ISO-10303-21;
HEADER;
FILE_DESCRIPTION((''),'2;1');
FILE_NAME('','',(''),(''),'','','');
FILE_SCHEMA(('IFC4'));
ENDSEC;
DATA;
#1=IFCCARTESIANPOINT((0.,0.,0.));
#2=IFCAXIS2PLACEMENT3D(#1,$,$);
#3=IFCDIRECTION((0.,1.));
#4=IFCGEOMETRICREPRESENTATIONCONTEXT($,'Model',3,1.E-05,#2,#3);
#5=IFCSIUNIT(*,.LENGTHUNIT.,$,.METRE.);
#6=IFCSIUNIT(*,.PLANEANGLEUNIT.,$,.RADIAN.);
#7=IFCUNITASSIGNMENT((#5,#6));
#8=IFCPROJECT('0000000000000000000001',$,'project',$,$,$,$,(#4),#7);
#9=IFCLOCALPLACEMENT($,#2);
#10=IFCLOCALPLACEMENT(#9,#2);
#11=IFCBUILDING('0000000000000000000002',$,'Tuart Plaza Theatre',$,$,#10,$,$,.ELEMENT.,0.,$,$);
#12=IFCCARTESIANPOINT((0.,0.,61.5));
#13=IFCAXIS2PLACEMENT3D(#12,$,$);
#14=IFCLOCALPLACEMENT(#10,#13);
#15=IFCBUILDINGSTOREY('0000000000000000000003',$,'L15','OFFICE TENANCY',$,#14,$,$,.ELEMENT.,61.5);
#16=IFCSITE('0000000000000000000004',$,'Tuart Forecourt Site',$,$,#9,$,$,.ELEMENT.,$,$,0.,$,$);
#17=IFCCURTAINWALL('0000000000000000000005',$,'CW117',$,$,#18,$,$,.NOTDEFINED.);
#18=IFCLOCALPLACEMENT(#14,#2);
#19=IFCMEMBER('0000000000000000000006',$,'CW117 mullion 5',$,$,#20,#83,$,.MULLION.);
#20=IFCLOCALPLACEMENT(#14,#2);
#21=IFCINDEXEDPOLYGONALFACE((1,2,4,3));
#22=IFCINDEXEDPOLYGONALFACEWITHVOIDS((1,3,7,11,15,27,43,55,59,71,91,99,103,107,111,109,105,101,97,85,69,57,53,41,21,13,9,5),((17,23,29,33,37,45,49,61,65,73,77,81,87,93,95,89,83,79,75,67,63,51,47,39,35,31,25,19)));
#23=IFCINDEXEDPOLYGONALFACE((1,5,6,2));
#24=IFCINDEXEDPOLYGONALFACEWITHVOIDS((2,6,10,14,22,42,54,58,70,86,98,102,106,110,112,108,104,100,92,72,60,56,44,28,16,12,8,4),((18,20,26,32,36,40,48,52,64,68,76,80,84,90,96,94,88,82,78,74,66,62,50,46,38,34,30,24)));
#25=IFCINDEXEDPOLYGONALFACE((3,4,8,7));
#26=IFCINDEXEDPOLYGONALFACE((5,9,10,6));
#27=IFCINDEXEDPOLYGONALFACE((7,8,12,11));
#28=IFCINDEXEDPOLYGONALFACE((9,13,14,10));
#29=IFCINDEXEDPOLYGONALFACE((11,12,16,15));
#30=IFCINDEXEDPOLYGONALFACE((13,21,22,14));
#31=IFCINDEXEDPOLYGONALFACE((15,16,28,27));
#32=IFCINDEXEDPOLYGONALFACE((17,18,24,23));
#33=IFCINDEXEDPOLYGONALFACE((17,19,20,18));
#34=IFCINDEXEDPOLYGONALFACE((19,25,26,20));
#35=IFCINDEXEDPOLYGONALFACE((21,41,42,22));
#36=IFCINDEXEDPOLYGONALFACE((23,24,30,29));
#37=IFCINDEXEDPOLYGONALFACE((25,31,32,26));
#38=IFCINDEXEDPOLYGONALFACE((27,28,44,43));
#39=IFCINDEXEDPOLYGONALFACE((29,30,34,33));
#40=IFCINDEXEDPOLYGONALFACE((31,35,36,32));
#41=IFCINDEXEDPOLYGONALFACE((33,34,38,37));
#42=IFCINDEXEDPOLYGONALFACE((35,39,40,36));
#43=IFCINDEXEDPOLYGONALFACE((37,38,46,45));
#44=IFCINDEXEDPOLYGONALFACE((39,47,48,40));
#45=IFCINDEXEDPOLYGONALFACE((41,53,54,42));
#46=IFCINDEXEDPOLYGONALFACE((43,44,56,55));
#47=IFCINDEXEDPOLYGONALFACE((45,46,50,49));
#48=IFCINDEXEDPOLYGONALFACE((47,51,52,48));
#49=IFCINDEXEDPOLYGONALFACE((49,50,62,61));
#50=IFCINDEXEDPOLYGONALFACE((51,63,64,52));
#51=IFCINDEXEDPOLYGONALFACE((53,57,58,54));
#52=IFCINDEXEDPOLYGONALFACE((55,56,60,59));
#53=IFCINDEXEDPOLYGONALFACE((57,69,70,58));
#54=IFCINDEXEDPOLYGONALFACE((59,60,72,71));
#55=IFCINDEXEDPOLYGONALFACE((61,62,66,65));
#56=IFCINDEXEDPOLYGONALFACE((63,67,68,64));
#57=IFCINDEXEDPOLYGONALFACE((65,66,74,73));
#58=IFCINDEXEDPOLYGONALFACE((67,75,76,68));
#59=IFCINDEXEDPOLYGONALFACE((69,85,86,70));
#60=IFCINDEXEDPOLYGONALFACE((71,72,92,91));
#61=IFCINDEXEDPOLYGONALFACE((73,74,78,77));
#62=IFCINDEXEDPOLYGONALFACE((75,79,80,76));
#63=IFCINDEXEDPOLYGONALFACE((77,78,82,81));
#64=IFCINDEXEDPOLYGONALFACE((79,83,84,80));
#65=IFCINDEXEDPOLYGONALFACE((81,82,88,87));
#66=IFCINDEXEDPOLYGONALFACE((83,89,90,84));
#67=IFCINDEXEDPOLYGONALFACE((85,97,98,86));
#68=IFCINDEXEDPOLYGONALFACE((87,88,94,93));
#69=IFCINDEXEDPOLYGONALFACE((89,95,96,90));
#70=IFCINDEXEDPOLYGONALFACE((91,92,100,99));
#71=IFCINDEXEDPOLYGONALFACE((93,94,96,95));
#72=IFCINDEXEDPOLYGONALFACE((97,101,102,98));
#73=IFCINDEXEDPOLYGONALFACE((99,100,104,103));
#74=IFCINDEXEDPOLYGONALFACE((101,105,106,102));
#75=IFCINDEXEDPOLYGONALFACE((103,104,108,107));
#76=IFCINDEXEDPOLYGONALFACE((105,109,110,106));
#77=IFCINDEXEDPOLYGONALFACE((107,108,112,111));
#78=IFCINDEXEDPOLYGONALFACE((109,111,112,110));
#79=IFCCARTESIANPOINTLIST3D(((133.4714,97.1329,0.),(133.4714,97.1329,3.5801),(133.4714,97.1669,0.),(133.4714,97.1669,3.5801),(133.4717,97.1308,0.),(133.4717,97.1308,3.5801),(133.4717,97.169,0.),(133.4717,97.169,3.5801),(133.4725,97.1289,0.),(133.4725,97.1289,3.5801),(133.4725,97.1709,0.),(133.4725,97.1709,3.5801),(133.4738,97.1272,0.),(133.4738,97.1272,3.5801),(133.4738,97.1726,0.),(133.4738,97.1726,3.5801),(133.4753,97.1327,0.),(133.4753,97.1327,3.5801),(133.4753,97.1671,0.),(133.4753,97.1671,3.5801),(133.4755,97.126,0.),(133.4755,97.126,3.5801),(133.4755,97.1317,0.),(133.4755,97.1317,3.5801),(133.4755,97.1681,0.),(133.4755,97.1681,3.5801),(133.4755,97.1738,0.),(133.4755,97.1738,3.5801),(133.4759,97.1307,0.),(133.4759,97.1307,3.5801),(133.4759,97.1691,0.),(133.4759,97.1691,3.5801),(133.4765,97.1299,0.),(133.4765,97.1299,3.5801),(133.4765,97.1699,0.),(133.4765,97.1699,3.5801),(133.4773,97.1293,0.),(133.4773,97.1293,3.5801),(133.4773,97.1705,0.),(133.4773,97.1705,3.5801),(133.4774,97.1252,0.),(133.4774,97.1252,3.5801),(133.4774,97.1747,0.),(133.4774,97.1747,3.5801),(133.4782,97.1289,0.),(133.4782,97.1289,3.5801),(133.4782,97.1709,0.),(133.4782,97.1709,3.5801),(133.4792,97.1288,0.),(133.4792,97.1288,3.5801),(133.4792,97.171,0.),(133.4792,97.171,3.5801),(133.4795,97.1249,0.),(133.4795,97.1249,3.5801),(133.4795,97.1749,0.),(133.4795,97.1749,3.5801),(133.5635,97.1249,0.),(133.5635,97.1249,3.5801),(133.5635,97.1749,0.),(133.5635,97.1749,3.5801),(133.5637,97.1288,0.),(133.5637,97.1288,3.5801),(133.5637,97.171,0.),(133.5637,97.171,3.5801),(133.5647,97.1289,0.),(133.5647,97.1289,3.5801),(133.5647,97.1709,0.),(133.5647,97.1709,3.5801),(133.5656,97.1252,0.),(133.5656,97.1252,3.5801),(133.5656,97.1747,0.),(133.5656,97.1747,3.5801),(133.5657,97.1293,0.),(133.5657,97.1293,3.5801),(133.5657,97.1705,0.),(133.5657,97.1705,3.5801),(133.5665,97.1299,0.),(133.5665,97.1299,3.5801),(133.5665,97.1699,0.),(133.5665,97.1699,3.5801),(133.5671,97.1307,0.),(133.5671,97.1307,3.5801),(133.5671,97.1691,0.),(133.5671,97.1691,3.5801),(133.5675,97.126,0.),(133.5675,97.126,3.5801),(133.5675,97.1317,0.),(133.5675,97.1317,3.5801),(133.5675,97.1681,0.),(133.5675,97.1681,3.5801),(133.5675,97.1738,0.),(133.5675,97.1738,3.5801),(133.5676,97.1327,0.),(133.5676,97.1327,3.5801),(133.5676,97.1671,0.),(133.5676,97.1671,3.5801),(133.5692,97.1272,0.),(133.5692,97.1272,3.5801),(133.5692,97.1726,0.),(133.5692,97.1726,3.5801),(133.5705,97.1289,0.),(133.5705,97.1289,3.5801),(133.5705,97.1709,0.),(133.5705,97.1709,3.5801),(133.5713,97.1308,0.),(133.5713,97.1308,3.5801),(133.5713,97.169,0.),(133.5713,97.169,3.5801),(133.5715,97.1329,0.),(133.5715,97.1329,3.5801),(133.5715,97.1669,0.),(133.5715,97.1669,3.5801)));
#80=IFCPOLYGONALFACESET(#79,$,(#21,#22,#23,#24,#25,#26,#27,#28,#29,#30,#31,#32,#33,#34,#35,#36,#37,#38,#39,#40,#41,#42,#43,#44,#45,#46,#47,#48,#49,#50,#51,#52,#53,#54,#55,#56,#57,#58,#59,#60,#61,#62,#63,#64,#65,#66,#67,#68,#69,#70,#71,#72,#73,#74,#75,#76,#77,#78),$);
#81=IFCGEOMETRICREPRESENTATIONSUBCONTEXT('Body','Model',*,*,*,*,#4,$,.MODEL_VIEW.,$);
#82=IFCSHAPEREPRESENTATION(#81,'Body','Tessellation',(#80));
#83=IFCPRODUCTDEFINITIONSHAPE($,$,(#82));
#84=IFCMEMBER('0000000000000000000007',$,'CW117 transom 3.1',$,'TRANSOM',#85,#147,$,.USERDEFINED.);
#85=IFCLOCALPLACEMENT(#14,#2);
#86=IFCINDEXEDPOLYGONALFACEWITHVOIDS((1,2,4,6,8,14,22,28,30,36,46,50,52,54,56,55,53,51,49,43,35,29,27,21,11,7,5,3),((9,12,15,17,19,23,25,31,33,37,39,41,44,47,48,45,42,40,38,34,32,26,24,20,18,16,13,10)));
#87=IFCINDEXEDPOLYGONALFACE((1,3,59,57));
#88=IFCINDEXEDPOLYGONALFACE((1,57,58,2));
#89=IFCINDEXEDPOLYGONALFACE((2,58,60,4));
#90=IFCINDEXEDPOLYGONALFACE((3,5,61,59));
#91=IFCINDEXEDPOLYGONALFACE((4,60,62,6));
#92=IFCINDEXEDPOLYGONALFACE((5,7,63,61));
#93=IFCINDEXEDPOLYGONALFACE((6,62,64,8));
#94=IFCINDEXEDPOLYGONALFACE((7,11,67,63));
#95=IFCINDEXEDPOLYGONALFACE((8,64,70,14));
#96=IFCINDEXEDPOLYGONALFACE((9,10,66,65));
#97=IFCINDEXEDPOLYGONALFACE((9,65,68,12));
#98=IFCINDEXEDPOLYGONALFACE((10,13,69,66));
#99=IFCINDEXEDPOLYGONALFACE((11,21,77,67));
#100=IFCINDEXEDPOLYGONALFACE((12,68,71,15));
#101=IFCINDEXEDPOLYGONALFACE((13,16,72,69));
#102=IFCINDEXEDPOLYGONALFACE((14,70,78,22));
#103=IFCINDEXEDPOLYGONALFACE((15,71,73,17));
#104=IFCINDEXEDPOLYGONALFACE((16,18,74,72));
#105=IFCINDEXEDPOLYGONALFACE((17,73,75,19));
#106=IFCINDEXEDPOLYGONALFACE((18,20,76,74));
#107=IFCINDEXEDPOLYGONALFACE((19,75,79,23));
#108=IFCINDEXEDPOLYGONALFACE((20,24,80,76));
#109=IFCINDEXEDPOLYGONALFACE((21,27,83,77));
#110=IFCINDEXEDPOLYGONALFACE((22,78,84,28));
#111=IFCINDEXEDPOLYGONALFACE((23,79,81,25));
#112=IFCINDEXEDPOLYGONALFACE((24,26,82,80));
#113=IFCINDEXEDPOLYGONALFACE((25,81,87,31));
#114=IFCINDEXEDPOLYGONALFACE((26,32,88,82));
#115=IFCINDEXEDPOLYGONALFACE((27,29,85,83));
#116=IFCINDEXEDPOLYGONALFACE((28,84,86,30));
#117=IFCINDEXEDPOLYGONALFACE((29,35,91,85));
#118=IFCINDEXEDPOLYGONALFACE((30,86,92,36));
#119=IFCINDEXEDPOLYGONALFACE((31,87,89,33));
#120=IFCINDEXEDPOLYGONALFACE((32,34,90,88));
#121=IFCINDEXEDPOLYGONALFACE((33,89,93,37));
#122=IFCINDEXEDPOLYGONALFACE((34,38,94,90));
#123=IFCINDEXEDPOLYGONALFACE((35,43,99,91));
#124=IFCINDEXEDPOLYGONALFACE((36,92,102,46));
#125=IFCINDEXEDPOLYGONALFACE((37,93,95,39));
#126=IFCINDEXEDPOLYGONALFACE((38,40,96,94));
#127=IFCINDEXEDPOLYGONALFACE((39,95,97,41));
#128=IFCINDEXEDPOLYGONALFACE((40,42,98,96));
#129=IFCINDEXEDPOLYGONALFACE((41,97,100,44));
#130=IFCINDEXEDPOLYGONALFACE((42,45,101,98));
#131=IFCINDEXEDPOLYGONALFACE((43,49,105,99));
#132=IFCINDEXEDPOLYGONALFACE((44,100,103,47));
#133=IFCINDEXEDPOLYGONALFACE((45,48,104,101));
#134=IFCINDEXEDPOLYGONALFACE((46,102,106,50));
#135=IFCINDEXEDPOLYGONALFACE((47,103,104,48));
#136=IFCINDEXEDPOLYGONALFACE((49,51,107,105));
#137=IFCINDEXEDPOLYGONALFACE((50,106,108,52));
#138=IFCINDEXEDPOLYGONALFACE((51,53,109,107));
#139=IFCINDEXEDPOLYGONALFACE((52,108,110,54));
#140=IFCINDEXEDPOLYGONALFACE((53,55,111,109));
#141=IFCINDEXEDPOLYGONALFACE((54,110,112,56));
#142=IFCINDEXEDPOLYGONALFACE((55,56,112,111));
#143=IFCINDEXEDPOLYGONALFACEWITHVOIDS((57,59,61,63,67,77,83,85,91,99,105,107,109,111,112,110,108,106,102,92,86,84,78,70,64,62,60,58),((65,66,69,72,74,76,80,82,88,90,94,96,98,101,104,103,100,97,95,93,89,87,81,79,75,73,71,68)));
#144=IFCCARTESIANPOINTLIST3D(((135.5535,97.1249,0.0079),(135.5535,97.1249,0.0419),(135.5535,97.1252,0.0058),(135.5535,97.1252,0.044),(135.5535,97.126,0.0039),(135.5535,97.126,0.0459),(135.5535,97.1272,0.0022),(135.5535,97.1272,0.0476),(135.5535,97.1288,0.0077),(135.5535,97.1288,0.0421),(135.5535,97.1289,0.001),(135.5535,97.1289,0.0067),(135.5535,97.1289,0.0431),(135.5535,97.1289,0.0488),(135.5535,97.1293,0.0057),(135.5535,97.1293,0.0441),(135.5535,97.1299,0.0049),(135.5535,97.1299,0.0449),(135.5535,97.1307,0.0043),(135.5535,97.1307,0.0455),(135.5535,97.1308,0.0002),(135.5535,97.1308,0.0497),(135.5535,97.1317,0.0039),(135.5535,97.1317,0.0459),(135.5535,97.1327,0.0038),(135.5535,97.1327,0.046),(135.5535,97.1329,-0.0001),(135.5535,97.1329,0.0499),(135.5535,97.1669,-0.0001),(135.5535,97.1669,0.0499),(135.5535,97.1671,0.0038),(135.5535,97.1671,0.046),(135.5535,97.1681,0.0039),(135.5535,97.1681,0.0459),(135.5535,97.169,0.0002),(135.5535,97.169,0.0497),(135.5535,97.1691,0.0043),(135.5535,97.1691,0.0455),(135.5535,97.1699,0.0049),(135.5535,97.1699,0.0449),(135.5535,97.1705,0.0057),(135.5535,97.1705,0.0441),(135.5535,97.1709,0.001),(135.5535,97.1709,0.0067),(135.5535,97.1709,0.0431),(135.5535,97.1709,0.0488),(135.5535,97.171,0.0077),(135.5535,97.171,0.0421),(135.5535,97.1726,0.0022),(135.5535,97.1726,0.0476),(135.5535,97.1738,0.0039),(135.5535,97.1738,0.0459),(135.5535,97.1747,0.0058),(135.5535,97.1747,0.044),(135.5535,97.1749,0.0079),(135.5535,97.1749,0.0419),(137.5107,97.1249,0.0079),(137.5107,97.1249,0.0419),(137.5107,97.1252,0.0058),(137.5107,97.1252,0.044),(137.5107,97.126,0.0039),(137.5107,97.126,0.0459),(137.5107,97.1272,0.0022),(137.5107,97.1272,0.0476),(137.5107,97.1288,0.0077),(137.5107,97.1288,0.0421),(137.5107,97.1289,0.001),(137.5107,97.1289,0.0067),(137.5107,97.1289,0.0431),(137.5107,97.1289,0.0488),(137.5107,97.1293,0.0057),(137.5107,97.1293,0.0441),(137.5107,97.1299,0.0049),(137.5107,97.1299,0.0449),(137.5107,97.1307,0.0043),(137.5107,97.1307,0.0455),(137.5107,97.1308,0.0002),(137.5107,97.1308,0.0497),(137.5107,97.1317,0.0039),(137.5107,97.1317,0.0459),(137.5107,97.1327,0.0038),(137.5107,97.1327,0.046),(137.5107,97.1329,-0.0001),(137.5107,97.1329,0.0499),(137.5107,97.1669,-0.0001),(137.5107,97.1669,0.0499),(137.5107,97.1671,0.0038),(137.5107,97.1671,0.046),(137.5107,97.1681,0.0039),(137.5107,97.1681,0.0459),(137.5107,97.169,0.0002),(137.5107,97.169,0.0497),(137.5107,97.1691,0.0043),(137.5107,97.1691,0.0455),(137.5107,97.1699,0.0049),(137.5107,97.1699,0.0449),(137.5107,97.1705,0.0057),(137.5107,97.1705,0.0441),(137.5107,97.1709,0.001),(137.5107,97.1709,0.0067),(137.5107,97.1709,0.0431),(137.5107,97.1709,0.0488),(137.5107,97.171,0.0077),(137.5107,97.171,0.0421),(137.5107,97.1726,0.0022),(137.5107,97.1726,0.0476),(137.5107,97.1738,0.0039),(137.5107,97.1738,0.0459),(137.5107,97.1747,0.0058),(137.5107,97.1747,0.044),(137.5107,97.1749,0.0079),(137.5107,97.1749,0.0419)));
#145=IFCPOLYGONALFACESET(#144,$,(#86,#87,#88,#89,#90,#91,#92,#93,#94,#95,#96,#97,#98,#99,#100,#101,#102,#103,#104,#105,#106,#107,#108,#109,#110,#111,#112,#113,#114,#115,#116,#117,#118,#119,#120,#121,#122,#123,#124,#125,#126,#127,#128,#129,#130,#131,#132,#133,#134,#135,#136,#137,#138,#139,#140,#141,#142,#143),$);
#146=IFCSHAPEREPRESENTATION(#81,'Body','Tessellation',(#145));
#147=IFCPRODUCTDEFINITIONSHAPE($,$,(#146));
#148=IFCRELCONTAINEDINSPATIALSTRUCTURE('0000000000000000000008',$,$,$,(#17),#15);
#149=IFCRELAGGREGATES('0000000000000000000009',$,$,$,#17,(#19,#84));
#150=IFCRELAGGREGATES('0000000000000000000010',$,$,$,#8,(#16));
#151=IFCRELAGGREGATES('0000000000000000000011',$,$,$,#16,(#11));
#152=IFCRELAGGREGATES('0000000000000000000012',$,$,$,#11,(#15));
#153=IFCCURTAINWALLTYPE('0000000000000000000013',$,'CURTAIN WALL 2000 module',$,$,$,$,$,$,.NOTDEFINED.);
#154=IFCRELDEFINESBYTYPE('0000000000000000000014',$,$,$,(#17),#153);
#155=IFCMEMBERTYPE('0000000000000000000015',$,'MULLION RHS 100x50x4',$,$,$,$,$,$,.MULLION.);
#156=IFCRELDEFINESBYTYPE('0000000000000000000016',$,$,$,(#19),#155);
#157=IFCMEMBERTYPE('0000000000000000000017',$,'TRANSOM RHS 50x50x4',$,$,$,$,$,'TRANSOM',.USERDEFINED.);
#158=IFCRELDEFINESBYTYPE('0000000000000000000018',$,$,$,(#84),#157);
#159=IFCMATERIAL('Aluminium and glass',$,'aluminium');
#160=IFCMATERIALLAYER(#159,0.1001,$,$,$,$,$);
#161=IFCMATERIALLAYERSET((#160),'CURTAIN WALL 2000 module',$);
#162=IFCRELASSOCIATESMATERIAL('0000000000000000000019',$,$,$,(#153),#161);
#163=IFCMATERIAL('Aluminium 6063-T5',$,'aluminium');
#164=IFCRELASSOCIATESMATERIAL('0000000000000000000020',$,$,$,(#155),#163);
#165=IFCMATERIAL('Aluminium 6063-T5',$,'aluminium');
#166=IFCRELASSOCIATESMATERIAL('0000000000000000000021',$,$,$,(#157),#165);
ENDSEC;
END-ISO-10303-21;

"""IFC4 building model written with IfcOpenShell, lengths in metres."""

from ifc_helpers import new_model, si_unit, direction, frame, origin, origin_2d, place, context, subcontext, project, spatial, hollow_rectangle, extrude, material, layer, layer_set, material_profile, profile_set, type_object, element, aggregate, save


model = new_model("IFC4")

# Units and contexts
model_context = context("Model", 3, precision=1e-05, world=origin(), true_north=direction((0.0, 1.0)))
body_context = subcontext(model_context, "Body", "Model", "MODEL_VIEW")
ifc_project = project(units=[si_unit("LENGTHUNIT", "METRE"), si_unit("PLANEANGLEUNIT", "RADIAN")], contexts=[model_context])

# Site, building, storey
site_placement = place(None, origin())
site = spatial("IfcSite", under=ifc_project, at=site_placement, Name="Tuart Forecourt Site", CompositionType="ELEMENT", RefElevation=0.0)
building_placement = place(site_placement, origin())
building = spatial("IfcBuilding", under=site, at=building_placement, Name="Tuart Plaza Theatre", CompositionType="ELEMENT", ElevationOfRefHeight=0.0)
storey_placement = place(building_placement, frame((0.0, 0.0, 61.5)))
storey = spatial("IfcBuildingStorey", under=building, at=storey_placement, Name="L15", Description="OFFICE TENANCY", CompositionType="ELEMENT", Elevation=61.5)

# Curtain wall, members
ifc_material_1 = material(Name="Aluminium and glass", Category="aluminium")
ifc_layer_1 = layer(ifc_material_1, 0.1001)
ifc_layer_set_1 = layer_set([ifc_layer_1], Name="CURTAIN WALL 2000 module")
curtain_wall_type = type_object("IfcCurtainWallType", Name="CURTAIN WALL 2000 module", PredefinedType="NOTDEFINED", material=ifc_layer_set_1)
curtain_wall_placement = place(storey_placement, origin())
curtain_wall = element("IfcCurtainWall", 1, at=curtain_wall_placement, inside=storey, type_object=curtain_wall_type, Name="CW117", PredefinedType="NOTDEFINED")
ifc_material_2 = material(Name="Aluminium 6063-T5", Category="aluminium")
ifc_material_profile_1 = material_profile(ifc_material_2, hollow_rectangle(XDim=0.05, YDim=0.1001, WallThickness=0.0039, InnerFilletRadius=0.0039, OuterFilletRadius=0.0081, at=origin_2d()), Name="RHS 100x50x4")
ifc_profile_set_1 = profile_set([ifc_material_profile_1], Name="Aluminium 6063-T5")
member_type_1 = type_object("IfcMemberType", Name="MULLION RHS 100x50x4", PredefinedType="MULLION", material=ifc_profile_set_1)
member_1_placement = place(storey_placement, frame((133.5215, 97.1499, 0.0), z_axis=(0.0, 0.0, 1.0), x_axis=(0.0, -1.0, 0.0)))
member_1 = element("IfcMember", 2, at=member_1_placement, type_object=member_type_1, Name="CW117 mullion 5", PredefinedType="MULLION", context=body_context, shape_type="SweptSolid", body=[
    extrude(hollow_rectangle(XDim=0.05, YDim=0.1001, WallThickness=0.0039, InnerFilletRadius=0.0039, OuterFilletRadius=0.0081, at=origin_2d()), origin(), (0.0, 0.0, 1.0), 3.5801),
])
ifc_material_3 = material(Name="Aluminium 6063-T5", Category="aluminium")
ifc_material_profile_2 = material_profile(ifc_material_3, hollow_rectangle(XDim=0.05, YDim=0.05, WallThickness=0.0039, InnerFilletRadius=0.0039, OuterFilletRadius=0.0081, at=origin_2d()), Name="RHS 50x50x4")
ifc_profile_set_2 = profile_set([ifc_material_profile_2], Name="Aluminium 6063-T5")
member_type_2 = type_object("IfcMemberType", Name="TRANSOM RHS 50x50x4", ElementType="TRANSOM", PredefinedType="USERDEFINED", material=ifc_profile_set_2)
member_2_placement = place(storey_placement, frame((137.5107, 97.1499, 0.0249), z_axis=(-1.0, 0.0, 0.0), x_axis=(0.0, -1.0, 0.0)))
member_2 = element("IfcMember", 3, at=member_2_placement, type_object=member_type_2, Name="CW117 transom 3.1", ObjectType="TRANSOM", PredefinedType="USERDEFINED", context=body_context, shape_type="SweptSolid", body=[
    extrude(hollow_rectangle(XDim=0.05, YDim=0.05, WallThickness=0.0039, InnerFilletRadius=0.0039, OuterFilletRadius=0.0081, at=origin_2d()), origin(), (0.0, 0.0, 1.0), 1.9573),
])
aggregate(curtain_wall, [member_1, member_2])

save(model, "model.ifc")
